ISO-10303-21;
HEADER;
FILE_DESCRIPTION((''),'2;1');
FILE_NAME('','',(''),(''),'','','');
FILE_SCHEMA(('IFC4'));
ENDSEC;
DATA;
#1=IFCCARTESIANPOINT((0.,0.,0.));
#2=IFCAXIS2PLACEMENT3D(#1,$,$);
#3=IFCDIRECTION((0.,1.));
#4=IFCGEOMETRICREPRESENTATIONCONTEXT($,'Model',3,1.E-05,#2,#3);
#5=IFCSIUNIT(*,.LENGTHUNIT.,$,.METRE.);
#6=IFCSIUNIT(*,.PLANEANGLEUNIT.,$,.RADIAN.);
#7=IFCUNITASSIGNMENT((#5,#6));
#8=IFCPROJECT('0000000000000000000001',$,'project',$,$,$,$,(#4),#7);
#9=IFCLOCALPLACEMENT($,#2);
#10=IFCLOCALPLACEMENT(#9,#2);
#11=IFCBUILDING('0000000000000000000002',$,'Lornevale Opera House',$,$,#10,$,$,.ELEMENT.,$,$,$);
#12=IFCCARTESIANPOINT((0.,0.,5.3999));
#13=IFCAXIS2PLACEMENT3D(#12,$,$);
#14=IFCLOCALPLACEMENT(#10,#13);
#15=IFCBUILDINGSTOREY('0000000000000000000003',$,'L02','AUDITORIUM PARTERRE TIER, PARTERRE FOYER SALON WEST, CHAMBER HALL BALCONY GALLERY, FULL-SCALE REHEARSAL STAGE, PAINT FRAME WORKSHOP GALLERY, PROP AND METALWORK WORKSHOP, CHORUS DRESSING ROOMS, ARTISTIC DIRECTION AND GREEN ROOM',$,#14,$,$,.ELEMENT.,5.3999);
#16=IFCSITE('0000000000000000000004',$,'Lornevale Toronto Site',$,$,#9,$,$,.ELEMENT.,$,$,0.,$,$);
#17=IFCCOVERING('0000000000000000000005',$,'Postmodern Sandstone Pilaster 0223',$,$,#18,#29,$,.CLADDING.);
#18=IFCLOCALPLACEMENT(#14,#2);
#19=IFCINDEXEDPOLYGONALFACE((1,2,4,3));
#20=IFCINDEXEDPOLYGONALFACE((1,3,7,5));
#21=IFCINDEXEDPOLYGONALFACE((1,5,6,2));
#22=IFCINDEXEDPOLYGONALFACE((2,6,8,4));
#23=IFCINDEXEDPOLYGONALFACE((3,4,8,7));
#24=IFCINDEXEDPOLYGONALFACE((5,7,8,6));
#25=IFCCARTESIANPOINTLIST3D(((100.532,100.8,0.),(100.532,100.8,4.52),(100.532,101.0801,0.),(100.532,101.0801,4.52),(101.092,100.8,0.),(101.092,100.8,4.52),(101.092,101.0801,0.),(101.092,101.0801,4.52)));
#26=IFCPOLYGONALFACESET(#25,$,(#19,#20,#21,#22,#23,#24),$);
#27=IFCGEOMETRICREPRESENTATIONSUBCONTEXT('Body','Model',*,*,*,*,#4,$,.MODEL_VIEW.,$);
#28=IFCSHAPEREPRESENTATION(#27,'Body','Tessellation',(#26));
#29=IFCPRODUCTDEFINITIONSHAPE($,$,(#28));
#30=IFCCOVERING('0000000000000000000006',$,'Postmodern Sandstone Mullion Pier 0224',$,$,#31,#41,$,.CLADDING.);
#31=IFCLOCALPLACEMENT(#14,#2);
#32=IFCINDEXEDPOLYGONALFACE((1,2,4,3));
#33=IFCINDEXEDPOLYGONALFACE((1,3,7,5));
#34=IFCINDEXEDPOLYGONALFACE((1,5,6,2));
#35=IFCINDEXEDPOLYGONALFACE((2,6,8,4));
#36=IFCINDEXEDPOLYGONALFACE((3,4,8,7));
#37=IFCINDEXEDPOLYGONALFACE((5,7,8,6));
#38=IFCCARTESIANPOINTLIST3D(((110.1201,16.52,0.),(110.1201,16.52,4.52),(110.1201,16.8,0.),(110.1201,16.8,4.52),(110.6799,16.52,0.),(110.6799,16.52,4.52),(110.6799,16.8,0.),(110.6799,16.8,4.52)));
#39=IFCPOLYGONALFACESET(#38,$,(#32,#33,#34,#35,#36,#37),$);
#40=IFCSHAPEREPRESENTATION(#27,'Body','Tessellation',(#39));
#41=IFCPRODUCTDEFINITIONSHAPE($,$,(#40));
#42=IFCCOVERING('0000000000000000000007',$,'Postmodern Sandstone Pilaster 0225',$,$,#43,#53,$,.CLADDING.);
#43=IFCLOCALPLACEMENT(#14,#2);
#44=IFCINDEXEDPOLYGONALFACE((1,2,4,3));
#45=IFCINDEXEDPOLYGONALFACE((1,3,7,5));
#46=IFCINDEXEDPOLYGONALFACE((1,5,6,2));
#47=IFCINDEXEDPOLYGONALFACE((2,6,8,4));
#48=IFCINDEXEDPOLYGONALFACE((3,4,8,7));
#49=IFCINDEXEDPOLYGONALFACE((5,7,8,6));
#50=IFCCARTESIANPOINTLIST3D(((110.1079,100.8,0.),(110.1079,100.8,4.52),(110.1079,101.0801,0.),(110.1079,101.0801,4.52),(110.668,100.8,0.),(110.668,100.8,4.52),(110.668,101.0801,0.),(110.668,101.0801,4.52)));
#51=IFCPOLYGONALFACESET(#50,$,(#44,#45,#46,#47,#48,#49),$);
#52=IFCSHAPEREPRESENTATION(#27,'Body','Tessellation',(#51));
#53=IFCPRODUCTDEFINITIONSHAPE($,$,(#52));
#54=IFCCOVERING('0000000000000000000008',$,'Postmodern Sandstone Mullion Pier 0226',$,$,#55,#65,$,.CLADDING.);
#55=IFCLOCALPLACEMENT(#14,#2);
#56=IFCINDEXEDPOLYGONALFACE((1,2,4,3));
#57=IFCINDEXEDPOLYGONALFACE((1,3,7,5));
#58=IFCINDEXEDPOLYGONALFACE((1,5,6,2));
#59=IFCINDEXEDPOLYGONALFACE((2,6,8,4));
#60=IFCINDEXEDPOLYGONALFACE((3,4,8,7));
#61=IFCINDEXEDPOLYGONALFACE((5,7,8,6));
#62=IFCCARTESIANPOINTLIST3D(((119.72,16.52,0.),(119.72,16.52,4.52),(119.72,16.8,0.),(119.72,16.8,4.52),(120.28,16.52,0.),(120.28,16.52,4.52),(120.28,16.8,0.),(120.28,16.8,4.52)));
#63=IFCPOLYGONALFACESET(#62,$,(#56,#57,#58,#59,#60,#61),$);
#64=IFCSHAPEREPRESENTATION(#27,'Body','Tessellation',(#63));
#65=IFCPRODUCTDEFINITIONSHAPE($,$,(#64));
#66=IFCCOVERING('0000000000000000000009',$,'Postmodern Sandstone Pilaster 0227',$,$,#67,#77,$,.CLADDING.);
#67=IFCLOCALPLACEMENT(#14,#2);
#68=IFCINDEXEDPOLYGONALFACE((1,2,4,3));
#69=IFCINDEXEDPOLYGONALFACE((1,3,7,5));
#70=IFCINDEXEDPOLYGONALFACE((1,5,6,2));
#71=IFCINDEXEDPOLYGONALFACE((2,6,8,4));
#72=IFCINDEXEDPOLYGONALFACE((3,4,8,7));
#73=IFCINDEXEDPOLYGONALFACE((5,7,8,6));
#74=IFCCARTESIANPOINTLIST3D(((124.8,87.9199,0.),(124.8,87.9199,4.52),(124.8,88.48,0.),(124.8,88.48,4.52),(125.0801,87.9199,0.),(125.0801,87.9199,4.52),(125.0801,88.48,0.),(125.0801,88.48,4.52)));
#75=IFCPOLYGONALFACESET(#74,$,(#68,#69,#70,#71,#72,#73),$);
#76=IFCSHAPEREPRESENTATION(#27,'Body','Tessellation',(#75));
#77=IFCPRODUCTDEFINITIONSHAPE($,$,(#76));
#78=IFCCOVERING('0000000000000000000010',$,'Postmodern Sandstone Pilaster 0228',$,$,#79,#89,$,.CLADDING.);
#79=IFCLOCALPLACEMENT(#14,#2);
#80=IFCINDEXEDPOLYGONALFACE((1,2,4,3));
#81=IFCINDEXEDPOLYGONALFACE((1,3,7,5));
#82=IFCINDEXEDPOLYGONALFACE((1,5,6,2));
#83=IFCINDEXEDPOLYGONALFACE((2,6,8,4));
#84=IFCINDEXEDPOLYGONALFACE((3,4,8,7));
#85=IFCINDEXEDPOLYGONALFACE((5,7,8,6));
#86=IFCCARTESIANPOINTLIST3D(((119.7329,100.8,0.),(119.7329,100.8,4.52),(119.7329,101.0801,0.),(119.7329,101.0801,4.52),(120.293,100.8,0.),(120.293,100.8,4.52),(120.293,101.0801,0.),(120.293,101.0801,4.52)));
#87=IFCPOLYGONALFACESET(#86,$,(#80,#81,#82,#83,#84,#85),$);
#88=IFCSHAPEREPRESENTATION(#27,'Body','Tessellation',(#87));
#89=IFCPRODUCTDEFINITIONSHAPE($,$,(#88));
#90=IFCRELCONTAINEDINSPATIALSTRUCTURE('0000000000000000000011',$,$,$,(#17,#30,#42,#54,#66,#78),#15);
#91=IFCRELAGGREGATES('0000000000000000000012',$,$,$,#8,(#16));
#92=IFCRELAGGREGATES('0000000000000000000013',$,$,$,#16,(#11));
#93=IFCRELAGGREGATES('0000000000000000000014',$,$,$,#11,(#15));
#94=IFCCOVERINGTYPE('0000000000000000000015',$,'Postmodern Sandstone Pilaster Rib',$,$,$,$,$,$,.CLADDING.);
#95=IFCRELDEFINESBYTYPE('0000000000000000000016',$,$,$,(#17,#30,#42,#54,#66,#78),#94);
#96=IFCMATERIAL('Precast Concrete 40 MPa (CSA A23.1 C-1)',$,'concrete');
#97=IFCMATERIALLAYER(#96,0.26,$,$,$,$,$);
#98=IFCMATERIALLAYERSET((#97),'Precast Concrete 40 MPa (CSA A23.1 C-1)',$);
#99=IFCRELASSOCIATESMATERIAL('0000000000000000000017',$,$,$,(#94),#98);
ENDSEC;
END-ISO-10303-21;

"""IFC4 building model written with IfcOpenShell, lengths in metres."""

from ifc_helpers import new_model, si_unit, direction, frame, origin, place, context, subcontext, project, spatial, polyline, outline, extrude, material, layer, layer_set, type_object, element, save


model = new_model("IFC4")

# Units and contexts
model_context = context("Model", 3, precision=1e-05, world=origin(), true_north=direction((0.0, 1.0)))
body_context = subcontext(model_context, "Body", "Model", "MODEL_VIEW")
ifc_project = project(units=[si_unit("LENGTHUNIT", "METRE"), si_unit("PLANEANGLEUNIT", "RADIAN")], contexts=[model_context])

# Site, building, storey
site_placement = place(None, origin())
site = spatial("IfcSite", under=ifc_project, at=site_placement, Name="Lornevale Toronto Site", CompositionType="ELEMENT", RefElevation=0.0)
building_placement = place(site_placement, origin())
building = spatial("IfcBuilding", under=site, at=building_placement, Name="Lornevale Opera House", CompositionType="ELEMENT")
storey_placement = place(building_placement, frame((0.0, 0.0, 5.3999)))
storey = spatial("IfcBuildingStorey", under=building, at=storey_placement, Name="L02", Description="AUDITORIUM PARTERRE TIER, PARTERRE FOYER SALON WEST, CHAMBER HALL BALCONY GALLERY, FULL-SCALE REHEARSAL STAGE, PAINT FRAME WORKSHOP GALLERY, PROP AND METALWORK WORKSHOP, CHORUS DRESSING ROOMS, ARTISTIC DIRECTION AND GREEN ROOM", CompositionType="ELEMENT", Elevation=5.3999)

# Coverings
ifc_material = material(Name="Precast Concrete 40 MPa (CSA A23.1 C-1)", Category="concrete")
ifc_layer = layer(ifc_material, 0.26)
ifc_layer_set = layer_set([ifc_layer], Name="Precast Concrete 40 MPa (CSA A23.1 C-1)")
covering_type = type_object("IfcCoveringType", Name="Postmodern Sandstone Pilaster Rib", PredefinedType="CLADDING", material=ifc_layer_set)
covering_1_placement = place(storey_placement, origin())
element("IfcCovering", 1, at=covering_1_placement, inside=storey, type_object=covering_type, Name="Postmodern Sandstone Pilaster 0223", PredefinedType="CLADDING", context=body_context, shape_type="SweptSolid", body=[
    extrude(outline(polyline([(100.532, 100.8), (101.092, 100.8), (101.092, 101.0801), (100.532, 101.0801), (100.532, 100.8)])), origin(), (0.0, 0.0, 1.0), 4.52),
])
covering_2_placement = place(storey_placement, origin())
element("IfcCovering", 2, at=covering_2_placement, inside=storey, type_object=covering_type, Name="Postmodern Sandstone Mullion Pier 0224", PredefinedType="CLADDING", context=body_context, shape_type="SweptSolid", body=[
    extrude(outline(polyline([(110.6799, 16.8), (110.1201, 16.8), (110.1201, 16.52), (110.6799, 16.52), (110.6799, 16.8)])), origin(), (0.0, 0.0, 1.0), 4.52),
])
covering_3_placement = place(storey_placement, origin())
element("IfcCovering", 3, at=covering_3_placement, inside=storey, type_object=covering_type, Name="Postmodern Sandstone Pilaster 0225", PredefinedType="CLADDING", context=body_context, shape_type="SweptSolid", body=[
    extrude(outline(polyline([(110.1079, 100.8), (110.668, 100.8), (110.668, 101.0801), (110.1079, 101.0801), (110.1079, 100.8)])), origin(), (0.0, 0.0, 1.0), 4.52),
])
covering_4_placement = place(storey_placement, origin())
element("IfcCovering", 4, at=covering_4_placement, inside=storey, type_object=covering_type, Name="Postmodern Sandstone Mullion Pier 0226", PredefinedType="CLADDING", context=body_context, shape_type="SweptSolid", body=[
    extrude(outline(polyline([(120.28, 16.8), (119.72, 16.8), (119.72, 16.52), (120.28, 16.52), (120.28, 16.8)])), origin(), (0.0, 0.0, 1.0), 4.52),
])
covering_5_placement = place(storey_placement, origin())
element("IfcCovering", 5, at=covering_5_placement, inside=storey, type_object=covering_type, Name="Postmodern Sandstone Pilaster 0227", PredefinedType="CLADDING", context=body_context, shape_type="SweptSolid", body=[
    extrude(outline(polyline([(124.8, 88.48), (124.8, 87.9199), (125.0801, 87.9199), (125.0801, 88.48), (124.8, 88.48)])), origin(), (0.0, 0.0, 1.0), 4.52),
])
covering_6_placement = place(storey_placement, origin())
element("IfcCovering", 6, at=covering_6_placement, inside=storey, type_object=covering_type, Name="Postmodern Sandstone Pilaster 0228", PredefinedType="CLADDING", context=body_context, shape_type="SweptSolid", body=[
    extrude(outline(polyline([(119.7329, 100.8), (120.293, 100.8), (120.293, 101.0801), (119.7329, 101.0801), (119.7329, 100.8)])), origin(), (0.0, 0.0, 1.0), 4.52),
])

save(model, "model.ifc")
